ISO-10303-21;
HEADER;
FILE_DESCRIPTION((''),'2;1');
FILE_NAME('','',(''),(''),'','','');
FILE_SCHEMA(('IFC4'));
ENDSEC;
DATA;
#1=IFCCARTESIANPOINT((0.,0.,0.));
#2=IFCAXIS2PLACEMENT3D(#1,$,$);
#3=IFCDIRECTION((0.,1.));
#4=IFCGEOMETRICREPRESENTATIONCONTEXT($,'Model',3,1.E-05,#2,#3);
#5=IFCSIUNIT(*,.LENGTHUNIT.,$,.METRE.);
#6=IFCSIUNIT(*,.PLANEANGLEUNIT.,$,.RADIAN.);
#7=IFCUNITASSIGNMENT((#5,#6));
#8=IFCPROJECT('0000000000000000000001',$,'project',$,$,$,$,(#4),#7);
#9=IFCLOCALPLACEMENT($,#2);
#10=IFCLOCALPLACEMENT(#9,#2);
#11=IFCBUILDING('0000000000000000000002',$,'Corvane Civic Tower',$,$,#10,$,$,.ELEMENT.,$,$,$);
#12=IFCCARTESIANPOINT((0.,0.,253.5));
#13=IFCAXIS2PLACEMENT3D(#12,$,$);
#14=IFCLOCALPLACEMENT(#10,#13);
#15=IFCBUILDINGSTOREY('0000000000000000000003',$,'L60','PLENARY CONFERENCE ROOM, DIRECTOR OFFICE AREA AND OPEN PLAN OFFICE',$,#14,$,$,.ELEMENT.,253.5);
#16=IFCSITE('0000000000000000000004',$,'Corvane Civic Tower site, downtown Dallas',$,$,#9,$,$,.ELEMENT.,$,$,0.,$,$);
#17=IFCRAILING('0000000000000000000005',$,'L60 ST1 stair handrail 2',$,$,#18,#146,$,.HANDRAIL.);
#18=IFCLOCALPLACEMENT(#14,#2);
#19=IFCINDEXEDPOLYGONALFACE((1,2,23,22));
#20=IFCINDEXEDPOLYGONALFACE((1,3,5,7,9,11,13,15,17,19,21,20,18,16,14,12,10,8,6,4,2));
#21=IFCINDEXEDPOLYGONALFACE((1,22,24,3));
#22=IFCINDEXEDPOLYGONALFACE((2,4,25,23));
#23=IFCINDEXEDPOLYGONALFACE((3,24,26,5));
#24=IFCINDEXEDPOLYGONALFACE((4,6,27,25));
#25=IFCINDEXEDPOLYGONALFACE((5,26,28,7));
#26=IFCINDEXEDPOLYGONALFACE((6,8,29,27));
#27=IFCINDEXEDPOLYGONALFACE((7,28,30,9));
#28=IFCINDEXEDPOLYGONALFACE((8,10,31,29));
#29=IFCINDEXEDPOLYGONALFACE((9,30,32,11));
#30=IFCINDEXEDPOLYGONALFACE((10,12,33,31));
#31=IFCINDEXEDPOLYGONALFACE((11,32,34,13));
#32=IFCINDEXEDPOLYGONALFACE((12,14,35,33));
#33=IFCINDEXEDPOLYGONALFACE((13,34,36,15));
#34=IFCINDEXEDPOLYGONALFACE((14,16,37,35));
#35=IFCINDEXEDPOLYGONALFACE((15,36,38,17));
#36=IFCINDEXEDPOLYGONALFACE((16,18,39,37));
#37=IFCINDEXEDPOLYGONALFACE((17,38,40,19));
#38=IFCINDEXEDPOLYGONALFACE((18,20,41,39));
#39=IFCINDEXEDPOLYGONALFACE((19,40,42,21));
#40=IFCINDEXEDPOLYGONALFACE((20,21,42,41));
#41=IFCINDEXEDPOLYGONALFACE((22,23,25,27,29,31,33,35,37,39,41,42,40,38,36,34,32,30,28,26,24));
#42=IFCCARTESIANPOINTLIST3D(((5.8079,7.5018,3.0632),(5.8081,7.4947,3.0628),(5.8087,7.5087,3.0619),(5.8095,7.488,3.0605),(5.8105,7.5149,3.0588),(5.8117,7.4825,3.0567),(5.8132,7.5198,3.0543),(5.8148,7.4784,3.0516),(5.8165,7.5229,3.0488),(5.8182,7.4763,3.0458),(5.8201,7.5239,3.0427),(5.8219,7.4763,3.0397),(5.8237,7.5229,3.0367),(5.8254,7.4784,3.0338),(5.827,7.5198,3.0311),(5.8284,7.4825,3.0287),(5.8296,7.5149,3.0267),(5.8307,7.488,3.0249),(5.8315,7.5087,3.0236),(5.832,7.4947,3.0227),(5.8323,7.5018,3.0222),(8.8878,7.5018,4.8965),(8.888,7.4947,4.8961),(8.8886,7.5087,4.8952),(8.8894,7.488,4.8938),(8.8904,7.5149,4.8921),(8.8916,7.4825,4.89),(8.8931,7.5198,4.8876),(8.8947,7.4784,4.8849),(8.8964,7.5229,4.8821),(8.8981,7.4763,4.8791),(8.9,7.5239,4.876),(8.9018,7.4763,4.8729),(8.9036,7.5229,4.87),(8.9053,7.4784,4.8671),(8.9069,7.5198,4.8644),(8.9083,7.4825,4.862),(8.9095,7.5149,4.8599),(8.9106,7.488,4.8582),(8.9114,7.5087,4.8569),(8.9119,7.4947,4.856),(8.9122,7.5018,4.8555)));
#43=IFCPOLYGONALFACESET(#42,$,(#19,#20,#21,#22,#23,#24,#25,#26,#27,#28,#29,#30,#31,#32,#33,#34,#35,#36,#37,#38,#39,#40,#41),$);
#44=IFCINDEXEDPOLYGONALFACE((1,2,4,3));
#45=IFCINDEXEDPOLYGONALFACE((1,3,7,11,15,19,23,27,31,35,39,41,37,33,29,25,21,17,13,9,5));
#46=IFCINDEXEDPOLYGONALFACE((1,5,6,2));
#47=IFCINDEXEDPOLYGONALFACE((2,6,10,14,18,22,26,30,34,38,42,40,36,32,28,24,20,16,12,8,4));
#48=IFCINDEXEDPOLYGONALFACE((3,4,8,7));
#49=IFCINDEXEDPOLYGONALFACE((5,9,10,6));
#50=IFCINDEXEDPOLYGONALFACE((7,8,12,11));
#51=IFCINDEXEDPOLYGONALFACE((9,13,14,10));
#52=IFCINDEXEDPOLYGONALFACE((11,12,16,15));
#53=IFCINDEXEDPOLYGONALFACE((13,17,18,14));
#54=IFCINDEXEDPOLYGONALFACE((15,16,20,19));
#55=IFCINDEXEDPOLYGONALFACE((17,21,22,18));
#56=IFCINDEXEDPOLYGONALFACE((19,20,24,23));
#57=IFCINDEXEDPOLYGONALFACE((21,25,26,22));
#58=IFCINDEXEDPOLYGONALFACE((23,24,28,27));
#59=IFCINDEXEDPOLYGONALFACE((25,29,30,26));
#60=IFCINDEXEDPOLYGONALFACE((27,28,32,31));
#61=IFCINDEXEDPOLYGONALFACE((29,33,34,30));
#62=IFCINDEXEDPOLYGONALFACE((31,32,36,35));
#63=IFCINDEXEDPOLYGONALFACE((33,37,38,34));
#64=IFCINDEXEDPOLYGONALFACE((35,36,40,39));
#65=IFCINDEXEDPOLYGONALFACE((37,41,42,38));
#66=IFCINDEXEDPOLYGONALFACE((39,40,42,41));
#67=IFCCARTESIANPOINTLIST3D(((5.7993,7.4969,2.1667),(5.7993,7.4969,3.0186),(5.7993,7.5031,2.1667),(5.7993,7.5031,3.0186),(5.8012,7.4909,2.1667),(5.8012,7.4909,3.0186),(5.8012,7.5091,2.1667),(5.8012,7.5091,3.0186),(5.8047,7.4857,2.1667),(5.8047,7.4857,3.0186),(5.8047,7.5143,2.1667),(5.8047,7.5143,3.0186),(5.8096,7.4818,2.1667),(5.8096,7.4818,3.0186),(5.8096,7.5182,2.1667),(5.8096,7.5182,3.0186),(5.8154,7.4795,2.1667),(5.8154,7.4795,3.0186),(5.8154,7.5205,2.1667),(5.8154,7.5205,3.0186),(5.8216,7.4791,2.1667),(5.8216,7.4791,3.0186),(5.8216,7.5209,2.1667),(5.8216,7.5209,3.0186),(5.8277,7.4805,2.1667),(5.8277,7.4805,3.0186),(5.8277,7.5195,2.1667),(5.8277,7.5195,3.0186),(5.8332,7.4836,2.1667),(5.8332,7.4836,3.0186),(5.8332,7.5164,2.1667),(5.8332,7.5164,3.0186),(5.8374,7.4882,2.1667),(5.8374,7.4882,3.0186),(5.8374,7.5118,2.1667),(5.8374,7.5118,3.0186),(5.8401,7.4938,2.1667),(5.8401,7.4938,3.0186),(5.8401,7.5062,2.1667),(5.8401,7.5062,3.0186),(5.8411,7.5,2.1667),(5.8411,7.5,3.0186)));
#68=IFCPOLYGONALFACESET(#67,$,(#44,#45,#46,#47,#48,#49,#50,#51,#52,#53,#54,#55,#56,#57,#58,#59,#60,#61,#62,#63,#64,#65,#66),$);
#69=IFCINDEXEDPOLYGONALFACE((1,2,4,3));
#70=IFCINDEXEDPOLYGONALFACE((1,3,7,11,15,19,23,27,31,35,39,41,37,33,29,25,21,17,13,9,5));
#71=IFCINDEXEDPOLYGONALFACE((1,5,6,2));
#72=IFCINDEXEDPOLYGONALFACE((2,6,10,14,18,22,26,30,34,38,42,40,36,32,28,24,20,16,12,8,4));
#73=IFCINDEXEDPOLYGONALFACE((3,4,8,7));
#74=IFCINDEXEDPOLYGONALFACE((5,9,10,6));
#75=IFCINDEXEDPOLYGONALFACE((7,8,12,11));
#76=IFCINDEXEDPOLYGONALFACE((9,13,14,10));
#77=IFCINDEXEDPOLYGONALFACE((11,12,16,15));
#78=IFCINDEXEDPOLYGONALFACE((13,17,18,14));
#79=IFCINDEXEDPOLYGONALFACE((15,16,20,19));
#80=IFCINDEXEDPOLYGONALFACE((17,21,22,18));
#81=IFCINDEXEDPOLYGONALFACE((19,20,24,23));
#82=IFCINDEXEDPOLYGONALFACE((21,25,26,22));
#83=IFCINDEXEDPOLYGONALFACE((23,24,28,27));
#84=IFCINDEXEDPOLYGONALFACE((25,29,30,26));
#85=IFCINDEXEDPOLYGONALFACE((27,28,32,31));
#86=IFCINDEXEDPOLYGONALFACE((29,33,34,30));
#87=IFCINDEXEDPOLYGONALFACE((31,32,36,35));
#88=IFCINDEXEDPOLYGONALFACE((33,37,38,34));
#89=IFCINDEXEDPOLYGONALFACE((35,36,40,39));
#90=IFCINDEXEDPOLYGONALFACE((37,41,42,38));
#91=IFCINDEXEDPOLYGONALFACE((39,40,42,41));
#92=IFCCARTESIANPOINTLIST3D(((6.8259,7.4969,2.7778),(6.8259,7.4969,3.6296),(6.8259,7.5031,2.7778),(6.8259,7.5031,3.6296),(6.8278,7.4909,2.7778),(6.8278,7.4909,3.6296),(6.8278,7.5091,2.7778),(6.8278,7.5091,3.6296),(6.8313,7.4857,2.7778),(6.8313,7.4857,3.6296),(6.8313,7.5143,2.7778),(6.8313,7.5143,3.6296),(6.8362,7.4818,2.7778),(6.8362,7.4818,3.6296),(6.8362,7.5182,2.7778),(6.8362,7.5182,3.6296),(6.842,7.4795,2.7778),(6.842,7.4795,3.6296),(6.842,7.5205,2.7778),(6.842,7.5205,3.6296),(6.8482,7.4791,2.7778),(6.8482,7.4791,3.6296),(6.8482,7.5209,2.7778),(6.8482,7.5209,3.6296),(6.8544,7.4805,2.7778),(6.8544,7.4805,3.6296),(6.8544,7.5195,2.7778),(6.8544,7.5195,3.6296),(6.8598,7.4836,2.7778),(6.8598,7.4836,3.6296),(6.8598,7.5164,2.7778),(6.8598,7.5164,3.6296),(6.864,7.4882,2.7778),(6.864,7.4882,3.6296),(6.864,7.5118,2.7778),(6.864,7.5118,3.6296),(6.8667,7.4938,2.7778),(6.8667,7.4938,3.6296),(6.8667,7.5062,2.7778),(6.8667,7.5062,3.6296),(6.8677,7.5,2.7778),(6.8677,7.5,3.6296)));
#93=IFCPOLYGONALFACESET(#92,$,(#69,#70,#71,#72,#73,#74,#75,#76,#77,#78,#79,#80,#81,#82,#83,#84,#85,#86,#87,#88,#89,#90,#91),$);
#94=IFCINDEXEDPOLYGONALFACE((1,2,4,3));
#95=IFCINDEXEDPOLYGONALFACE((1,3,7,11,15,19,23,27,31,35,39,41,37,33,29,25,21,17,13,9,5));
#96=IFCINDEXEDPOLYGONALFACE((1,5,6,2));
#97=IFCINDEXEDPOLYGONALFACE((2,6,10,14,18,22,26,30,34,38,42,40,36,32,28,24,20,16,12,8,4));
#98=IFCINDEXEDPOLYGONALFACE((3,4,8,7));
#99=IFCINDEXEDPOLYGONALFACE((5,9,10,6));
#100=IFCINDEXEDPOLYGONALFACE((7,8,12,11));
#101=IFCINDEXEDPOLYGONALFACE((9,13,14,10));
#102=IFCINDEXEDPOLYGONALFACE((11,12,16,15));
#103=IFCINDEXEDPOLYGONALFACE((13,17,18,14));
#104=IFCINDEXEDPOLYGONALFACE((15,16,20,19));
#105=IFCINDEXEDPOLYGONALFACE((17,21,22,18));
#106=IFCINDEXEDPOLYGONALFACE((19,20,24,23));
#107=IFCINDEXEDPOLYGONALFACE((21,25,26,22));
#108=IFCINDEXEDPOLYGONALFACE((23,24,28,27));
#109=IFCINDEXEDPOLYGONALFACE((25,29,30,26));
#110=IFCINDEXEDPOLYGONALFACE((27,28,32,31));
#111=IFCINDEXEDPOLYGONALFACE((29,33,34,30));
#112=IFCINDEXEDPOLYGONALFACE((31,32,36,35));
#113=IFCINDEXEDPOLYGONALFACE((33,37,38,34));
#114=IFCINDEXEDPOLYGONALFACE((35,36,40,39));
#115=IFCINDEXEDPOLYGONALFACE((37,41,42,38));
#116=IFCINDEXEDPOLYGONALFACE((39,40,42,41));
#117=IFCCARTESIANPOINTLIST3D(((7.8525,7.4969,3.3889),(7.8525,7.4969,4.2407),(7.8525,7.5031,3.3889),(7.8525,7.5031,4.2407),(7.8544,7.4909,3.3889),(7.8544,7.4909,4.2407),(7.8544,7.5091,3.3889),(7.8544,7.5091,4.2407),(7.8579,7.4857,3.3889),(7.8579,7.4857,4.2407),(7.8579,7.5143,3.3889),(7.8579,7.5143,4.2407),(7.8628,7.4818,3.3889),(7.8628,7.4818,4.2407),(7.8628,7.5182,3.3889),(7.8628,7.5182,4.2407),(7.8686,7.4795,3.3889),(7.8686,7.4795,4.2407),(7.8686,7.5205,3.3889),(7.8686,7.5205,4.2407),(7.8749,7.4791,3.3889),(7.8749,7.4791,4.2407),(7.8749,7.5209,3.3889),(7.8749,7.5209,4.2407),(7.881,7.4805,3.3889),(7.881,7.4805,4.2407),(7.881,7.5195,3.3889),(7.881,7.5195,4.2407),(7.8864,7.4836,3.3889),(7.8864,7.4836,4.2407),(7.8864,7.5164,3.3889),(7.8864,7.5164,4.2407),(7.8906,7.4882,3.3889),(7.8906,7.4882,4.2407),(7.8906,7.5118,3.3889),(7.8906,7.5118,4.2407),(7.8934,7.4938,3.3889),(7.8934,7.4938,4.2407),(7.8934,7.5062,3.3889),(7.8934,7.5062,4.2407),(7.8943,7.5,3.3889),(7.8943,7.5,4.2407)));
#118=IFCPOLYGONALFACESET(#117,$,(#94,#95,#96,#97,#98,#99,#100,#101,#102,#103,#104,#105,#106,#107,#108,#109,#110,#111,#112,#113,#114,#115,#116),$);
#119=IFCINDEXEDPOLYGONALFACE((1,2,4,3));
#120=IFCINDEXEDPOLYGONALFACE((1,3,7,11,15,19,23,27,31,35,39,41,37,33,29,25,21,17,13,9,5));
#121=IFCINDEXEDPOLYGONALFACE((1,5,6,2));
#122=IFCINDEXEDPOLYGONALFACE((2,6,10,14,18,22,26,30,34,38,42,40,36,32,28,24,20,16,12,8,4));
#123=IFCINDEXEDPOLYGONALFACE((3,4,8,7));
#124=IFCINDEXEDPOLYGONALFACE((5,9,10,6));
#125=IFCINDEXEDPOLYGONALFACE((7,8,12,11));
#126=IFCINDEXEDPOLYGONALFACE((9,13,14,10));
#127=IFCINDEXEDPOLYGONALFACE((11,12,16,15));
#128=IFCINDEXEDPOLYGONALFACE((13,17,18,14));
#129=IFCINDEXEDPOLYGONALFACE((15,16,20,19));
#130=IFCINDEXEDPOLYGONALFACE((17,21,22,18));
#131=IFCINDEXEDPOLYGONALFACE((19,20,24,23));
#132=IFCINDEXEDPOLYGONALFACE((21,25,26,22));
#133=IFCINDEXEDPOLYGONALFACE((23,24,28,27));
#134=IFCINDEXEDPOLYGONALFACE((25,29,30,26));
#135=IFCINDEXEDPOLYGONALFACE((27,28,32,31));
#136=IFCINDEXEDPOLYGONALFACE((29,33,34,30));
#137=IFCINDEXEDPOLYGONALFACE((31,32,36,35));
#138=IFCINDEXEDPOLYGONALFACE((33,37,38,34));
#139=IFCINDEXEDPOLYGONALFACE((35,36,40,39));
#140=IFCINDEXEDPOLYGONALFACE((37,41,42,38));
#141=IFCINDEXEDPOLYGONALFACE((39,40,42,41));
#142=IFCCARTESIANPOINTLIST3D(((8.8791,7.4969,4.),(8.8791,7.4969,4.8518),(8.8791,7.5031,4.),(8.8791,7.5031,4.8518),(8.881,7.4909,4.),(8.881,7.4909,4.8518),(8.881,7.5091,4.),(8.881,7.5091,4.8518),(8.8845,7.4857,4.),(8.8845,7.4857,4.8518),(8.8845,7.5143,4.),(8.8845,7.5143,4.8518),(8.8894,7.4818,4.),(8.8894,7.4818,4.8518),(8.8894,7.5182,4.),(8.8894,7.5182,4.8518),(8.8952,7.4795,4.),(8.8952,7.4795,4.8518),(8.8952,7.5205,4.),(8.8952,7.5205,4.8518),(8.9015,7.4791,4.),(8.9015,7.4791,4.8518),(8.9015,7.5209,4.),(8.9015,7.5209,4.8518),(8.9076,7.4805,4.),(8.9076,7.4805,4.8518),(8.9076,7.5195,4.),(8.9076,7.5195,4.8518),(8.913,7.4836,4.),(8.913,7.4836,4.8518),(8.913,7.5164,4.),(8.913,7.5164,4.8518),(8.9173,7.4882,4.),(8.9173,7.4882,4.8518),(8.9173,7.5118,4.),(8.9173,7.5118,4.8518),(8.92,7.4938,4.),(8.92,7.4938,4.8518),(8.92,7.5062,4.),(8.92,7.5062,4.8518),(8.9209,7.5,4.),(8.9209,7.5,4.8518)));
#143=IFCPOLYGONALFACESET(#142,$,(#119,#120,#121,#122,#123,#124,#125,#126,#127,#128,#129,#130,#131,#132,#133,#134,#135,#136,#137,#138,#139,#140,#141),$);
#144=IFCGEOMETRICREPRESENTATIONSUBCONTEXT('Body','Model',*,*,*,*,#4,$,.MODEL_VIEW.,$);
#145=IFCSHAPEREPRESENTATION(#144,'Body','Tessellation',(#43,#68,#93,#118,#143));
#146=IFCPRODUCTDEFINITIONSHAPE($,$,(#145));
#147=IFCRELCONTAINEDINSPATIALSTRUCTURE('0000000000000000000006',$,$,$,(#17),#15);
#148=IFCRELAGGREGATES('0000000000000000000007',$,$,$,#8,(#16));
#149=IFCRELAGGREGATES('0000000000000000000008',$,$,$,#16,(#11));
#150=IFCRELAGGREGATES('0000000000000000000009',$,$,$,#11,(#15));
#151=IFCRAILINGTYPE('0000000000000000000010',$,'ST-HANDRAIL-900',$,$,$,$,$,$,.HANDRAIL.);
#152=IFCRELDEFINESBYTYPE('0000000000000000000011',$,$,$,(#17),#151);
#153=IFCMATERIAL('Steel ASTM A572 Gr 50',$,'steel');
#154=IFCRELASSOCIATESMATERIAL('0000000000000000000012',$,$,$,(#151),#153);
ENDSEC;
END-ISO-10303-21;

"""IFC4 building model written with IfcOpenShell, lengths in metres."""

from ifc_helpers import new_model, si_unit, direction, frame, origin, origin_2d, place, context, subcontext, project, spatial, circle, extrude, material, type_object, element, save


model = new_model("IFC4")

# Units and contexts
model_context = context("Model", 3, precision=1e-05, world=origin(), true_north=direction((0.0, 1.0)))
body_context = subcontext(model_context, "Body", "Model", "MODEL_VIEW")
ifc_project = project(units=[si_unit("LENGTHUNIT", "METRE"), si_unit("PLANEANGLEUNIT", "RADIAN")], contexts=[model_context])

# Site, building, storey
site_placement = place(None, origin())
site = spatial("IfcSite", under=ifc_project, at=site_placement, Name="Corvane Civic Tower site, downtown Dallas", CompositionType="ELEMENT", RefElevation=0.0)
building_placement = place(site_placement, origin())
building = spatial("IfcBuilding", under=site, at=building_placement, Name="Corvane Civic Tower", CompositionType="ELEMENT")
storey_placement = place(building_placement, frame((0.0, 0.0, 253.5)))
storey = spatial("IfcBuildingStorey", under=building, at=storey_placement, Name="L60", Description="PLENARY CONFERENCE ROOM, DIRECTOR OFFICE AREA AND OPEN PLAN OFFICE", CompositionType="ELEMENT", Elevation=253.5)

# Railing
ifc_material_1 = material(Name="Steel ASTM A572 Gr 50", Category="steel")
railing_type = type_object("IfcRailingType", Name="ST-HANDRAIL-900", PredefinedType="HANDRAIL", material=ifc_material_1)
railing_placement = place(storey_placement, frame((5.8201, 7.5, 2.1667)))
element("IfcRailing", 1, at=railing_placement, inside=storey, type_object=railing_type, Name="L60 ST1 stair handrail 2", PredefinedType="HANDRAIL", context=body_context, shape_type="SweptSolid", body=[
    extrude(circle(Radius=0.0239, at=origin_2d()), frame((0.0, 0.0, 0.876), z_axis=(0.859291, 0.0, 0.511487), x_axis=(0.0, 1.0, 0.0)), (0.0, 0.0, 1.0), 3.5842),
    extrude(circle(Radius=0.021, at=origin_2d()), origin(), (0.0, 0.0, 1.0), 0.8518),
    extrude(circle(Radius=0.021, at=origin_2d()), frame((1.0266, 0.0, 0.6111)), (0.0, 0.0, 1.0), 0.8518),
    extrude(circle(Radius=0.021, at=origin_2d()), frame((2.0532, 0.0, 1.2222)), (0.0, 0.0, 1.0), 0.8518),
    extrude(circle(Radius=0.021, at=origin_2d()), frame((3.0798, 0.0, 1.8333)), (0.0, 0.0, 1.0), 0.8518),
])

save(model, "model.ifc")
